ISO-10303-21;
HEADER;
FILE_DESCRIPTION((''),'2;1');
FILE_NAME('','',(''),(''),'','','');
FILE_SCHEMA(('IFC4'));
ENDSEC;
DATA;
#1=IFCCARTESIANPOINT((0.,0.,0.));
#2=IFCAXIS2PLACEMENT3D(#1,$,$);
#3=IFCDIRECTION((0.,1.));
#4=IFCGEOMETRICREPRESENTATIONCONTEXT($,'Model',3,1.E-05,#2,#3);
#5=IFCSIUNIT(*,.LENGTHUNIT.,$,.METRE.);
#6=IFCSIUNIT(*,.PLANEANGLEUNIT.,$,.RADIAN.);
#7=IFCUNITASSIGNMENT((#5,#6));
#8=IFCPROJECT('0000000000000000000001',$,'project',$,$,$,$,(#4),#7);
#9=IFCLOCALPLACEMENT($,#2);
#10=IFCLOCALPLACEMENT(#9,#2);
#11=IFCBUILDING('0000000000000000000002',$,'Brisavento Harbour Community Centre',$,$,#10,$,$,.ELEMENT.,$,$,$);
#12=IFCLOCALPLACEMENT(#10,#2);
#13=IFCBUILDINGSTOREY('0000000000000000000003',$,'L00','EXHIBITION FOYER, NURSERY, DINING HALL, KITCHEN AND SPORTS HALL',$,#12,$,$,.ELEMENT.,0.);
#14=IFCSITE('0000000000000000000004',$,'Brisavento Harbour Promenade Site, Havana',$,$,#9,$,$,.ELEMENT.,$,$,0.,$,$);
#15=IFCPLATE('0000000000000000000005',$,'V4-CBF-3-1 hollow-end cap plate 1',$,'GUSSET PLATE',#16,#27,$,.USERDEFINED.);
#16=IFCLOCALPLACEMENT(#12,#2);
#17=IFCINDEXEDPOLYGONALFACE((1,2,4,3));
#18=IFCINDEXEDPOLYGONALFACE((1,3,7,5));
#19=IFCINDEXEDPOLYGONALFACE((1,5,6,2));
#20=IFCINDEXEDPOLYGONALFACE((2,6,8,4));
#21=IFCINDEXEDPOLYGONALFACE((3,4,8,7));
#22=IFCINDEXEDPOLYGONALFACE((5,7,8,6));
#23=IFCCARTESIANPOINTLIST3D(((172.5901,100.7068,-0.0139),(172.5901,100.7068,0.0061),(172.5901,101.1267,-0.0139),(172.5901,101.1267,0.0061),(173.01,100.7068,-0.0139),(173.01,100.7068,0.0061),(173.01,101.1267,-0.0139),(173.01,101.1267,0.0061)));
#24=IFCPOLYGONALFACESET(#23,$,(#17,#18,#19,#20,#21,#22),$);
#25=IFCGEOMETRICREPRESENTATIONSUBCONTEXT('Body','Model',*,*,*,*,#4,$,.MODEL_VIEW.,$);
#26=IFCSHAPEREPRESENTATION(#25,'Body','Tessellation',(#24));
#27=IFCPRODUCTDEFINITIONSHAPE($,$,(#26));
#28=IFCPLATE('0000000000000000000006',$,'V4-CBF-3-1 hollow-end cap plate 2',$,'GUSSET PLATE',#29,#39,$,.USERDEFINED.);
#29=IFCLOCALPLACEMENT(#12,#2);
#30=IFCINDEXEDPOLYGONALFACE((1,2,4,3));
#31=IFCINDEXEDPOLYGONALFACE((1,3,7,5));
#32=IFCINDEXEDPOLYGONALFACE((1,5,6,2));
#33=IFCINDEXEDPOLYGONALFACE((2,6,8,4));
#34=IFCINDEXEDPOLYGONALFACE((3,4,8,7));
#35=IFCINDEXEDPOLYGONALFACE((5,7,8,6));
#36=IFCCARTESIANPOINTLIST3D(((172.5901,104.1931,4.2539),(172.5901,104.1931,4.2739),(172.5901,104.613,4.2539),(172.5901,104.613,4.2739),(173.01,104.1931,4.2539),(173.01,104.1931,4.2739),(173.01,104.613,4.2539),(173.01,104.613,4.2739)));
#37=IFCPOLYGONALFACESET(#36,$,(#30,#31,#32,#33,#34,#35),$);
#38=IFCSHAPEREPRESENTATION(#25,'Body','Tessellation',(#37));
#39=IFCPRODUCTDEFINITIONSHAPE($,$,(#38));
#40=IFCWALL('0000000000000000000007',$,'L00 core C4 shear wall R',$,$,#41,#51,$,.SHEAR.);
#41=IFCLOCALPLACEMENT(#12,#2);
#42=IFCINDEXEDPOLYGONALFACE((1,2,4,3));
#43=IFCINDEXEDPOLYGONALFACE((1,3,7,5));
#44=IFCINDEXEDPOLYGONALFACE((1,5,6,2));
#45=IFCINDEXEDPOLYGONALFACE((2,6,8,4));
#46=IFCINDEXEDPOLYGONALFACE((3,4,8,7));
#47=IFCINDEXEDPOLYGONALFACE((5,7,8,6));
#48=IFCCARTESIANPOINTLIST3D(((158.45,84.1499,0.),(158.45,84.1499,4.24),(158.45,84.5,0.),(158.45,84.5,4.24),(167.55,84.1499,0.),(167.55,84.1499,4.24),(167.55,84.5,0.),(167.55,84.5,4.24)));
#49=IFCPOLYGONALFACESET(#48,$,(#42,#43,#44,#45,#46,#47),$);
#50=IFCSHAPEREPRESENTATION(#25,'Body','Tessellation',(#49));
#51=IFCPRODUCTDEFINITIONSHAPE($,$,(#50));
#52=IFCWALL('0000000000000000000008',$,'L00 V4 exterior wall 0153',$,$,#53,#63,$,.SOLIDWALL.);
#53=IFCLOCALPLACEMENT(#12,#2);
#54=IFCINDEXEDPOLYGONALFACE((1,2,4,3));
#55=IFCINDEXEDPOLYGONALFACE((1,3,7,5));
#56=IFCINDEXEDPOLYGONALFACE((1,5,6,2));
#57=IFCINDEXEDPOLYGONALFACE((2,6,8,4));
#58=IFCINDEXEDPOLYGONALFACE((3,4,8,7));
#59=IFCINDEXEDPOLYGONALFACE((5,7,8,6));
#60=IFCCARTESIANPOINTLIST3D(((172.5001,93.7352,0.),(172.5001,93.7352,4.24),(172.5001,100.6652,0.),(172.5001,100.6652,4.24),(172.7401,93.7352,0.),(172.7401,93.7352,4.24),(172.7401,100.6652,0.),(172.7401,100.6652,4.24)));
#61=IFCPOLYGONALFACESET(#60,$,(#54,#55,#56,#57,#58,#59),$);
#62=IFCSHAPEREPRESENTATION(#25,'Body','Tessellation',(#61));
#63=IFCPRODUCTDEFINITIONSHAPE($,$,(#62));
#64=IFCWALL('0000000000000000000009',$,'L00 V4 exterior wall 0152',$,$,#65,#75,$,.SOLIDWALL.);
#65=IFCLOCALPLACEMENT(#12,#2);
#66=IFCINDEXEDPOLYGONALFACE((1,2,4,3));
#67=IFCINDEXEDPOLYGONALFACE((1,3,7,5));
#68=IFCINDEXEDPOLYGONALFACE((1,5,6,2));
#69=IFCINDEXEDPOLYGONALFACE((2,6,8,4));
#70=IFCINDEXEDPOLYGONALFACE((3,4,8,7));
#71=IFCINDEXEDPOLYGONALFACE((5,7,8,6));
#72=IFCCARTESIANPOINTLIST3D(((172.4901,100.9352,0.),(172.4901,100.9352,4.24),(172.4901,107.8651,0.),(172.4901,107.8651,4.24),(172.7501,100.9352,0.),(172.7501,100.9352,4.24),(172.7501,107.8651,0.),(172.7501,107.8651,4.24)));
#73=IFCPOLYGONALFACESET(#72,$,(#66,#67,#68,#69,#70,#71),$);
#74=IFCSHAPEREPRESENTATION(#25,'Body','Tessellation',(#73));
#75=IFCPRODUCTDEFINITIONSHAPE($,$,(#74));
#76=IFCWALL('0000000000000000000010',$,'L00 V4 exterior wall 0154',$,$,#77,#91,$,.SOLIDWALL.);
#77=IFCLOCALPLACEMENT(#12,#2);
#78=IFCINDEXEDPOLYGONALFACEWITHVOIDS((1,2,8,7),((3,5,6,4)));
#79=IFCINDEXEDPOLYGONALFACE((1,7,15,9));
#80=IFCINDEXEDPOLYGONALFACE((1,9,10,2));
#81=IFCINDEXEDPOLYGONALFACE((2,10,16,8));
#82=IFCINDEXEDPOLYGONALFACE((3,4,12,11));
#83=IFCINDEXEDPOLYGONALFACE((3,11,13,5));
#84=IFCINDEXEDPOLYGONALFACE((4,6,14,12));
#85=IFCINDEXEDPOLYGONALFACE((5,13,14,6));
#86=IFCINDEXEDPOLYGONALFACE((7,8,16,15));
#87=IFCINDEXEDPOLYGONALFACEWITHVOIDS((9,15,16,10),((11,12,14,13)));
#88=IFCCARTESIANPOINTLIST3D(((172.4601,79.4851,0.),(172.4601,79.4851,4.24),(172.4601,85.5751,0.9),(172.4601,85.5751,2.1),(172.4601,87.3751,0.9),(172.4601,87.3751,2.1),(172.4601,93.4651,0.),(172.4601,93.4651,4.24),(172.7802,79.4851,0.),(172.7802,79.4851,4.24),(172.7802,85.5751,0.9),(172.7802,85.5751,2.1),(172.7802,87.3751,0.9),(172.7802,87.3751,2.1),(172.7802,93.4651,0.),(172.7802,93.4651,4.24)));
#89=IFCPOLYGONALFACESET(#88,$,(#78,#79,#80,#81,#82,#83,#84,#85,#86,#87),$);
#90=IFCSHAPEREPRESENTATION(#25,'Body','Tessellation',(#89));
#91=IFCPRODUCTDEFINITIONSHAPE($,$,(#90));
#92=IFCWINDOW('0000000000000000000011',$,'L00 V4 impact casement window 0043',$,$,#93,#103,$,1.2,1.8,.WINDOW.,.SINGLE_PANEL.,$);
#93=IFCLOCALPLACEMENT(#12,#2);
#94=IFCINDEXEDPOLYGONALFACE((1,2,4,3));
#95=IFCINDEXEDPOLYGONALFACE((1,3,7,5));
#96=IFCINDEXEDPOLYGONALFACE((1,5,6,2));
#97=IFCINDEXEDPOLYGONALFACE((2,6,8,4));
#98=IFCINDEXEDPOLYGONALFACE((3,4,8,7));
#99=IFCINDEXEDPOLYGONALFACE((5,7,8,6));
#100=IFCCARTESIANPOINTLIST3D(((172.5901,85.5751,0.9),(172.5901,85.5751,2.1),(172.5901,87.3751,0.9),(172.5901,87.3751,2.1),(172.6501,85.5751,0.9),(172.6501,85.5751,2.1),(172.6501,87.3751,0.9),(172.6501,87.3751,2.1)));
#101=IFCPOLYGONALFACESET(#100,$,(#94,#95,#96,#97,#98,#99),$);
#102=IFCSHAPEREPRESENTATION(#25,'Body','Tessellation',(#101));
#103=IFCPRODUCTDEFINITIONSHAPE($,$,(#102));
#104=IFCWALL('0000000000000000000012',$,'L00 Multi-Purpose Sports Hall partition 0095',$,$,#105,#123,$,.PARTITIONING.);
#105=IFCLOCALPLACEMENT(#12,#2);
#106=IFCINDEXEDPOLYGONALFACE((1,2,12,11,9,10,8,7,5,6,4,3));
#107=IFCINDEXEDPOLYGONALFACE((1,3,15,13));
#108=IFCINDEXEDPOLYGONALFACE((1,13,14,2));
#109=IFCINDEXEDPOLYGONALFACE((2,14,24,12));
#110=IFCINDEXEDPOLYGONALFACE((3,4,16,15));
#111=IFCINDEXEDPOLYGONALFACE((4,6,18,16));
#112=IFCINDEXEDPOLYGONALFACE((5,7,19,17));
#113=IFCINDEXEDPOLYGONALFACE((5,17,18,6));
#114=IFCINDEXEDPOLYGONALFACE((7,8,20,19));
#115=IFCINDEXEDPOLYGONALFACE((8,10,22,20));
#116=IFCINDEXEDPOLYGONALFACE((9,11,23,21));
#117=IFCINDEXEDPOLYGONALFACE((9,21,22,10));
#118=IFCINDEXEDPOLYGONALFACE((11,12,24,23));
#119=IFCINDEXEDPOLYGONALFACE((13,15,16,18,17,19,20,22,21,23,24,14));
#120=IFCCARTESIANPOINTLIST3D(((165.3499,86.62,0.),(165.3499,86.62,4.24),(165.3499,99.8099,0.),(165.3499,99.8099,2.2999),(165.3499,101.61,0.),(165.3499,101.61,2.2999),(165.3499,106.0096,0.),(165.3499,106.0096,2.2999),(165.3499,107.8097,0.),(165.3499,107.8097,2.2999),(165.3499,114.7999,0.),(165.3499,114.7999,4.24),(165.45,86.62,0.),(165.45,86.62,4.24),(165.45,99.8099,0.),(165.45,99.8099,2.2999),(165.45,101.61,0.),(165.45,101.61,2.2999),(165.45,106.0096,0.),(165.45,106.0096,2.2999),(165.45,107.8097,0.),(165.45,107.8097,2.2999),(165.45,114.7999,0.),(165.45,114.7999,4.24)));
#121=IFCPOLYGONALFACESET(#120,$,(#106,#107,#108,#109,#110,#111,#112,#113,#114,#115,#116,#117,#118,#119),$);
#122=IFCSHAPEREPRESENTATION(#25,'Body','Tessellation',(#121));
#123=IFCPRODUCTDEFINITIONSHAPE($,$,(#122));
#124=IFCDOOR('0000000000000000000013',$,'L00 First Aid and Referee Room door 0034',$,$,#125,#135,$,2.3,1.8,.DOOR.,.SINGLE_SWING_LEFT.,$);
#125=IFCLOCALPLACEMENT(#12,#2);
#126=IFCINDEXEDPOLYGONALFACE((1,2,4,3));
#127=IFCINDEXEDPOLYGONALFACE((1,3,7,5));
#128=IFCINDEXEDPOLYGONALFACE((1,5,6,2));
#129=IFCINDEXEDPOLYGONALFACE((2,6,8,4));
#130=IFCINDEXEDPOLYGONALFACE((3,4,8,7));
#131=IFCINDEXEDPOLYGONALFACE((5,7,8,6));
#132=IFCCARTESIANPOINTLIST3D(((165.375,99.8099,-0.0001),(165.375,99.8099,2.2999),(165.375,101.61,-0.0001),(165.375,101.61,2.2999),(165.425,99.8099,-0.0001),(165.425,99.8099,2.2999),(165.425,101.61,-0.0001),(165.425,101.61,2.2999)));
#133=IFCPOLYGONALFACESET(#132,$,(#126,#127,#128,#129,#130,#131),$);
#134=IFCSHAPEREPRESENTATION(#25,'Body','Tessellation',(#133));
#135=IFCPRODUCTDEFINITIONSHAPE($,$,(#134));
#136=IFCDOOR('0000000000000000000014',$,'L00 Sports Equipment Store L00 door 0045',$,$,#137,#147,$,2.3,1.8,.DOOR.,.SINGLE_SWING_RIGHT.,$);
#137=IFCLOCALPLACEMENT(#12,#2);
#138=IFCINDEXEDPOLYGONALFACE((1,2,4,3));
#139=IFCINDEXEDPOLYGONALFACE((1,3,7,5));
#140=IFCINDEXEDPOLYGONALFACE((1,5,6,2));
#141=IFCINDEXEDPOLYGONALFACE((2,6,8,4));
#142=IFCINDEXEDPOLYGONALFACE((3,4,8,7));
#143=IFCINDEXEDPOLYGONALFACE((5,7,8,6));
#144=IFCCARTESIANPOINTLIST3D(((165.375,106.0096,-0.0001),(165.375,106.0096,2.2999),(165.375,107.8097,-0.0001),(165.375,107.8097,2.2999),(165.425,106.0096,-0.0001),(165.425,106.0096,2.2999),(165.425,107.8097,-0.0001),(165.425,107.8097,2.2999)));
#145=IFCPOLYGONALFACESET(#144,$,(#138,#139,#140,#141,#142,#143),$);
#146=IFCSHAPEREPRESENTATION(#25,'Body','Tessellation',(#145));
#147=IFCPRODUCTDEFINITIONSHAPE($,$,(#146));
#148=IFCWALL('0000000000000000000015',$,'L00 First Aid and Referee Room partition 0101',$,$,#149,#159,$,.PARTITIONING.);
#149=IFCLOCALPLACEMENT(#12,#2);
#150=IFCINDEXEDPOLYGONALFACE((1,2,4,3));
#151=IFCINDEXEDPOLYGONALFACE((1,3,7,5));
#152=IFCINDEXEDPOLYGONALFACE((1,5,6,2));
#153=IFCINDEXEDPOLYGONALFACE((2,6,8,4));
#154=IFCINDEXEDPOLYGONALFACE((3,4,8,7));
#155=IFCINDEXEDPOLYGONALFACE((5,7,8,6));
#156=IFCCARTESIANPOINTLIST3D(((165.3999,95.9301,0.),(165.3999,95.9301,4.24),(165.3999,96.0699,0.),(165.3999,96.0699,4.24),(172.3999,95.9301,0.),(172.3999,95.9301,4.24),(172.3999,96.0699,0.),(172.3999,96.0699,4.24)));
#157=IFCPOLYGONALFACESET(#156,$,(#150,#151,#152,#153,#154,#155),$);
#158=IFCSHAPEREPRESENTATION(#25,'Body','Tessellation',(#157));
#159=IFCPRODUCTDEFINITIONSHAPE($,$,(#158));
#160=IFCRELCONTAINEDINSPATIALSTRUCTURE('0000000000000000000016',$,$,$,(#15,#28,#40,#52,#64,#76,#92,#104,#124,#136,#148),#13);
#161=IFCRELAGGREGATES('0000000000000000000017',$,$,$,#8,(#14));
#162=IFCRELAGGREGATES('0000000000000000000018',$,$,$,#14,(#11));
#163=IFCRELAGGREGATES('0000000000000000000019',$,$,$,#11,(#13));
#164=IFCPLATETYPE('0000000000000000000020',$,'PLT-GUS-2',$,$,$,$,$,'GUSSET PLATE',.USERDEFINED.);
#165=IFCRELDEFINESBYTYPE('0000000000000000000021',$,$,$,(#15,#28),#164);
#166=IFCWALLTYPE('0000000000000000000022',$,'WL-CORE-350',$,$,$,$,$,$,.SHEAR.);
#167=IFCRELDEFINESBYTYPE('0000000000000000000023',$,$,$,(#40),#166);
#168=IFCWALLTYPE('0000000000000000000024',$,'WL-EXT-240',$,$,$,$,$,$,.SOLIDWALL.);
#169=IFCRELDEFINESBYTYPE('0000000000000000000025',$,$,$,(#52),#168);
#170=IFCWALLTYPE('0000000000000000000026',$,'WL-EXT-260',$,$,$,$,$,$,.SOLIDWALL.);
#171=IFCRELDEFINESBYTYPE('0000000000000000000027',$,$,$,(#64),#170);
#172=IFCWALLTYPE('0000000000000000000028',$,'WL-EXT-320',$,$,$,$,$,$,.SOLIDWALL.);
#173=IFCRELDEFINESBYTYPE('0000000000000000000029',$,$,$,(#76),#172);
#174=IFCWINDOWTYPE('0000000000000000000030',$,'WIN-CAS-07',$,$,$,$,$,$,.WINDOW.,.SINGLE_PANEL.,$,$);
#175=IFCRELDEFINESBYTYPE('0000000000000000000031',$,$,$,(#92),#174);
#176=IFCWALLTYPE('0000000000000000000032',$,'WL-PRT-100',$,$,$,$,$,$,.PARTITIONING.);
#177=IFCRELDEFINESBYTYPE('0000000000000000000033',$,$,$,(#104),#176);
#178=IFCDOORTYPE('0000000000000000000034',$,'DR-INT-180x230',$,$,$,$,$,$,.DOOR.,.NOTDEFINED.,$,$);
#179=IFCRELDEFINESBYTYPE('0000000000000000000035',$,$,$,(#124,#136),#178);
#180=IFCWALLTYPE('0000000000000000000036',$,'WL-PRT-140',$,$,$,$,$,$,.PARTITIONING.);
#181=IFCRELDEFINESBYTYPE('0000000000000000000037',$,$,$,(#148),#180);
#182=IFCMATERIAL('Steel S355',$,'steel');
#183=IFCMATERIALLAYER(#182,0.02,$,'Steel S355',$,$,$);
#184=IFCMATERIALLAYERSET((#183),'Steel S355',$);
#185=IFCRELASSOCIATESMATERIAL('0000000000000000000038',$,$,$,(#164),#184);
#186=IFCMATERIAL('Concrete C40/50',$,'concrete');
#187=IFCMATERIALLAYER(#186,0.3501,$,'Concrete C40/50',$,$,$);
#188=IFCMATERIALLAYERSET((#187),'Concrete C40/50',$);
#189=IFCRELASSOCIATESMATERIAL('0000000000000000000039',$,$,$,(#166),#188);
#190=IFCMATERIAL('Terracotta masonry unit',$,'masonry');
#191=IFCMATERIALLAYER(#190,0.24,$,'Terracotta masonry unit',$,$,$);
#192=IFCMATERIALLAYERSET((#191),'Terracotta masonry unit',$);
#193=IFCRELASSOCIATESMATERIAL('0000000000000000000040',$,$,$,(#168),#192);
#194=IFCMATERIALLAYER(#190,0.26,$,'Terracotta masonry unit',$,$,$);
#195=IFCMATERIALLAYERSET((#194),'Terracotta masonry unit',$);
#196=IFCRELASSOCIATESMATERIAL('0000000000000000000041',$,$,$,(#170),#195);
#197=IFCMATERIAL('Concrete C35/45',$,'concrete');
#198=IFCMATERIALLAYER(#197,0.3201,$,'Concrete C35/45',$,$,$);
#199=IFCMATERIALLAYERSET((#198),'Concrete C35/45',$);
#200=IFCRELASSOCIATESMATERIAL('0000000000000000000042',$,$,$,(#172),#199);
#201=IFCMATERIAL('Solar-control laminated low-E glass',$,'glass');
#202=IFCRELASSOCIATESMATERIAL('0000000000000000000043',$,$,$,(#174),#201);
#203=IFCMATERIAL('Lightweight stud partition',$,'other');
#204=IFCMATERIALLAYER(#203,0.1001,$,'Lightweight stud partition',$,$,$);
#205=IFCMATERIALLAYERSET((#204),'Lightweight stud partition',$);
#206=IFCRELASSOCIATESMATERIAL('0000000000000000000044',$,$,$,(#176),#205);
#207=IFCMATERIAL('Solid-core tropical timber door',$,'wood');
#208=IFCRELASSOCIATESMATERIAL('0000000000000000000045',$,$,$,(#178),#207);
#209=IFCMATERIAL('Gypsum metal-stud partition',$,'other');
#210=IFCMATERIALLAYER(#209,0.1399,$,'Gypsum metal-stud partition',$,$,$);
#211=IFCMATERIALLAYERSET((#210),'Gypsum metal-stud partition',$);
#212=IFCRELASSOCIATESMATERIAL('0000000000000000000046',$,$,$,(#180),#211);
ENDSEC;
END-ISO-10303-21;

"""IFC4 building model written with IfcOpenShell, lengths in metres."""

from ifc_helpers import new_model, si_unit, direction, frame, frame_2d, origin, origin_2d, place, context, subcontext, project, spatial, rectangle, extrude, material, layer, layer_set, type_object, element, fill, save


model = new_model("IFC4")

# Units and contexts
model_context = context("Model", 3, precision=1e-05, world=origin(), true_north=direction((0.0, 1.0)))
body_context = subcontext(model_context, "Body", "Model", "MODEL_VIEW")
ifc_project = project(units=[si_unit("LENGTHUNIT", "METRE"), si_unit("PLANEANGLEUNIT", "RADIAN")], contexts=[model_context])

# Site, building, storey
site_placement = place(None, origin())
site = spatial("IfcSite", under=ifc_project, at=site_placement, Name="Brisavento Harbour Promenade Site, Havana", CompositionType="ELEMENT", RefElevation=0.0)
building_placement = place(site_placement, origin())
building = spatial("IfcBuilding", under=site, at=building_placement, Name="Brisavento Harbour Community Centre", CompositionType="ELEMENT")
storey_placement = place(building_placement, origin())
storey = spatial("IfcBuildingStorey", under=building, at=storey_placement, Name="L00", Description="EXHIBITION FOYER, NURSERY, DINING HALL, KITCHEN AND SPORTS HALL", CompositionType="ELEMENT", Elevation=0.0)

# Shared definitions
ifc_material_1 = material(Name="Steel S355", Category="steel")

# Plates
ifc_layer_1 = layer(ifc_material_1, 0.02, Name="Steel S355")
ifc_layer_set_1 = layer_set([ifc_layer_1], Name="Steel S355")
plate_type = type_object("IfcPlateType", Name="PLT-GUS-2", ElementType="GUSSET PLATE", PredefinedType="USERDEFINED", material=ifc_layer_set_1)
for number, where, z_axis, x_axis, name in (
    (1, (172.8, 100.9167, -0.0139), (0.0, 0.0, 1.0), (0.0, 1.0, 0.0), "V4-CBF-3-1 hollow-end cap plate 1"),
    (2, (172.8, 104.4031, 4.2539), (0.0, 0.0, 1.0), (0.0, 1.0, 0.0), "V4-CBF-3-1 hollow-end cap plate 2"),
):
    element("IfcPlate", number, at=place(storey_placement, frame(where, z_axis=z_axis, x_axis=x_axis)), inside=storey, type_object=plate_type, Name=name, ObjectType="GUSSET PLATE", PredefinedType="USERDEFINED", context=body_context, shape_type="SweptSolid", body=[
        extrude(rectangle(XDim=0.4199, YDim=0.4199, at=origin_2d()), origin(), (0.0, 0.0, 1.0), 0.02),
    ])

# Walls
ifc_material_2 = material(Name="Concrete C40/50", Category="concrete")
ifc_layer_2 = layer(ifc_material_2, 0.3501, Name="Concrete C40/50")
ifc_layer_set_2 = layer_set([ifc_layer_2], Name="Concrete C40/50")
wall_type_1 = type_object("IfcWallType", Name="WL-CORE-350", PredefinedType="SHEAR", material=ifc_layer_set_2)
wall_1_placement = place(storey_placement, frame((167.55, 84.325, 0.0), z_axis=(0.0, 0.0, 1.0), x_axis=(-1.0, 0.0, 0.0)))
element("IfcWall", 3, at=wall_1_placement, inside=storey, type_object=wall_type_1, Name="L00 core C4 shear wall R", PredefinedType="SHEAR", context=body_context, shape_type="SweptSolid", body=[
    extrude(rectangle(XDim=9.1001, YDim=0.3501, at=frame_2d((4.55, 0.0))), origin(), (0.0, 0.0, 1.0), 4.24),
])
ifc_material_3 = material(Name="Terracotta masonry unit", Category="masonry")
ifc_layer_3 = layer(ifc_material_3, 0.24, Name="Terracotta masonry unit")
ifc_layer_set_3 = layer_set([ifc_layer_3], Name="Terracotta masonry unit")
wall_type_2 = type_object("IfcWallType", Name="WL-EXT-240", PredefinedType="SOLIDWALL", material=ifc_layer_set_3)
wall_2_placement = place(storey_placement, frame((172.6201, 100.665, 0.0), z_axis=(0.0, 0.0, 1.0), x_axis=(0.0, -1.0, 0.0)))
element("IfcWall", 4, at=wall_2_placement, inside=storey, type_object=wall_type_2, Name="L00 V4 exterior wall 0153", PredefinedType="SOLIDWALL", context=body_context, shape_type="SweptSolid", body=[
    extrude(rectangle(XDim=6.9299, YDim=0.24, at=frame_2d((3.4648, 0.0))), origin(), (0.0, 0.0, 1.0), 4.24),
])
ifc_layer_4 = layer(ifc_material_3, 0.26, Name="Terracotta masonry unit")
ifc_layer_set_4 = layer_set([ifc_layer_4], Name="Terracotta masonry unit")
wall_type_3 = type_object("IfcWallType", Name="WL-EXT-260", PredefinedType="SOLIDWALL", material=ifc_layer_set_4)
wall_3_placement = place(storey_placement, frame((172.6201, 107.865, 0.0), z_axis=(0.0, 0.0, 1.0), x_axis=(0.0, -1.0, 0.0)))
element("IfcWall", 5, at=wall_3_placement, inside=storey, type_object=wall_type_3, Name="L00 V4 exterior wall 0152", PredefinedType="SOLIDWALL", context=body_context, shape_type="SweptSolid", body=[
    extrude(rectangle(XDim=6.9299, YDim=0.26, at=frame_2d((3.4648, 0.0))), origin(), (0.0, 0.0, 1.0), 4.24),
])

# Wall, opening, window
ifc_material_4 = material(Name="Concrete C35/45", Category="concrete")
ifc_layer_5 = layer(ifc_material_4, 0.3201, Name="Concrete C35/45")
ifc_layer_set_5 = layer_set([ifc_layer_5], Name="Concrete C35/45")
wall_type_4 = type_object("IfcWallType", Name="WL-EXT-320", PredefinedType="SOLIDWALL", material=ifc_layer_set_5)
wall_4_placement = place(storey_placement, frame((172.6201, 93.4651, 0.0), z_axis=(0.0, 0.0, 1.0), x_axis=(0.0, -1.0, 0.0)))
wall_4 = element("IfcWall", 6, at=wall_4_placement, inside=storey, type_object=wall_type_4, Name="L00 V4 exterior wall 0154", PredefinedType="SOLIDWALL", context=body_context, shape_type="SweptSolid", body=[
    extrude(rectangle(XDim=13.98, YDim=0.3201, at=frame_2d((6.99, 0.0))), origin(), (0.0, 0.0, 1.0), 4.24),
])
opening_1_placement = place(wall_4_placement, frame((6.0901, 0.0, 0.8999)))
opening_1 = element("IfcOpeningElement", 7, at=opening_1_placement, cuts=wall_4, PredefinedType="OPENING", context=body_context, shape_type="SweptSolid", body=[
    extrude(rectangle(XDim=1.8, YDim=1.2, at=frame_2d((0.8999, 0.6001))), frame((0.0, 0.1699, 0.0), z_axis=(0.0, -1.0, 0.0), x_axis=(1.0, 0.0, 0.0)), (0.0, 0.0, 1.0), 0.3401),
])
ifc_material_5 = material(Name="Solar-control laminated low-E glass", Category="glass")
window_type = type_object("IfcWindowType", Name="WIN-CAS-07", PartitioningType="SINGLE_PANEL", PredefinedType="WINDOW", material=ifc_material_5)
window_placement = place(opening_1_placement, origin())
window = element("IfcWindow", 8, at=window_placement, inside=storey, type_object=window_type, Name="L00 V4 impact casement window 0043", OverallHeight=1.2, OverallWidth=1.8, PartitioningType="SINGLE_PANEL", PredefinedType="WINDOW", context=body_context, shape_type="SweptSolid", body=[
    extrude(rectangle(XDim=1.8, YDim=1.2, at=frame_2d((0.8999, 0.6001))), frame((0.0, 0.03, 0.0), z_axis=(0.0, -1.0, 0.0), x_axis=(1.0, 0.0, 0.0)), (0.0, 0.0, 1.0), 0.0601),
])
fill(opening_1, window)

# Wall, openings, doors
ifc_material_6 = material(Name="Lightweight stud partition", Category="other")
ifc_layer_6 = layer(ifc_material_6, 0.1001, Name="Lightweight stud partition")
ifc_layer_set_6 = layer_set([ifc_layer_6], Name="Lightweight stud partition")
wall_type_5 = type_object("IfcWallType", Name="WL-PRT-100", PredefinedType="PARTITIONING", material=ifc_layer_set_6)
wall_5_placement = place(storey_placement, frame((165.3999, 86.6201, 0.0), z_axis=(0.0, 0.0, 1.0), x_axis=(0.0, 1.0, 0.0)))
wall_5 = element("IfcWall", 9, at=wall_5_placement, inside=storey, type_object=wall_type_5, Name="L00 Multi-Purpose Sports Hall partition 0095", PredefinedType="PARTITIONING", context=body_context, shape_type="SweptSolid", body=[
    extrude(rectangle(XDim=28.1799, YDim=0.1001, at=frame_2d((14.0898, 0.0))), origin(), (0.0, 0.0, 1.0), 4.24),
])
opening_2_placement = place(wall_5_placement, frame((13.1899, 0.0, 0.0)))
opening_2 = element("IfcOpeningElement", 10, at=opening_2_placement, cuts=wall_5, PredefinedType="OPENING", context=body_context, shape_type="SweptSolid", body=[
    extrude(rectangle(XDim=1.8, YDim=2.3, at=frame_2d((0.8999, 1.1499))), frame((0.0, 0.0601, 0.0), z_axis=(0.0, -1.0, 0.0), x_axis=(1.0, 0.0, 0.0)), (0.0, 0.0, 1.0), 0.1201),
])
opening_3_placement = place(wall_5_placement, frame((19.3896, 0.0, 0.0)))
opening_3 = element("IfcOpeningElement", 11, at=opening_3_placement, cuts=wall_5, PredefinedType="OPENING", context=body_context, shape_type="SweptSolid", body=[
    extrude(rectangle(XDim=1.8, YDim=2.3, at=frame_2d((0.8999, 1.1499))), frame((0.0, 0.0601, 0.0), z_axis=(0.0, -1.0, 0.0), x_axis=(1.0, 0.0, 0.0)), (0.0, 0.0, 1.0), 0.1201),
])
ifc_material_7 = material(Name="Solid-core tropical timber door", Category="wood")
door_type = type_object("IfcDoorType", Name="DR-INT-180x230", OperationType="NOTDEFINED", PredefinedType="DOOR", material=ifc_material_7)
door_1_placement = place(opening_2_placement, origin())
door_1 = element("IfcDoor", 12, at=door_1_placement, inside=storey, type_object=door_type, Name="L00 First Aid and Referee Room door 0034", OperationType="SINGLE_SWING_LEFT", OverallHeight=2.3, OverallWidth=1.8, PredefinedType="DOOR", context=body_context, shape_type="SweptSolid", body=[
    extrude(rectangle(XDim=1.8, YDim=2.3, at=frame_2d((0.8999, 1.1499))), frame((0.0, 0.0249, 0.0), z_axis=(0.0, -1.0, 0.0), x_axis=(1.0, 0.0, 0.0)), (0.0, 0.0, 1.0), 0.05),
])
fill(opening_2, door_1)
door_2_placement = place(opening_3_placement, origin())
door_2 = element("IfcDoor", 13, at=door_2_placement, inside=storey, type_object=door_type, Name="L00 Sports Equipment Store L00 door 0045", OperationType="SINGLE_SWING_RIGHT", OverallHeight=2.3, OverallWidth=1.8, PredefinedType="DOOR", context=body_context, shape_type="SweptSolid", body=[
    extrude(rectangle(XDim=1.8, YDim=2.3, at=frame_2d((0.8999, 1.1499))), frame((0.0, 0.0249, 0.0), z_axis=(0.0, -1.0, 0.0), x_axis=(1.0, 0.0, 0.0)), (0.0, 0.0, 1.0), 0.05),
])
fill(opening_3, door_2)

# Wall
ifc_material_8 = material(Name="Gypsum metal-stud partition", Category="other")
ifc_layer_7 = layer(ifc_material_8, 0.1399, Name="Gypsum metal-stud partition")
ifc_layer_set_7 = layer_set([ifc_layer_7], Name="Gypsum metal-stud partition")
wall_type_6 = type_object("IfcWallType", Name="WL-PRT-140", PredefinedType="PARTITIONING", material=ifc_layer_set_7)
wall_6_placement = place(storey_placement, frame((172.3999, 96.0, 0.0), z_axis=(0.0, 0.0, 1.0), x_axis=(-1.0, 0.0, 0.0)))
element("IfcWall", 14, at=wall_6_placement, inside=storey, type_object=wall_type_6, Name="L00 First Aid and Referee Room partition 0101", PredefinedType="PARTITIONING", context=body_context, shape_type="SweptSolid", body=[
    extrude(rectangle(XDim=7.0, YDim=0.1399, at=frame_2d((3.5, 0.0))), origin(), (0.0, 0.0, 1.0), 4.24),
])

save(model, "model.ifc")
